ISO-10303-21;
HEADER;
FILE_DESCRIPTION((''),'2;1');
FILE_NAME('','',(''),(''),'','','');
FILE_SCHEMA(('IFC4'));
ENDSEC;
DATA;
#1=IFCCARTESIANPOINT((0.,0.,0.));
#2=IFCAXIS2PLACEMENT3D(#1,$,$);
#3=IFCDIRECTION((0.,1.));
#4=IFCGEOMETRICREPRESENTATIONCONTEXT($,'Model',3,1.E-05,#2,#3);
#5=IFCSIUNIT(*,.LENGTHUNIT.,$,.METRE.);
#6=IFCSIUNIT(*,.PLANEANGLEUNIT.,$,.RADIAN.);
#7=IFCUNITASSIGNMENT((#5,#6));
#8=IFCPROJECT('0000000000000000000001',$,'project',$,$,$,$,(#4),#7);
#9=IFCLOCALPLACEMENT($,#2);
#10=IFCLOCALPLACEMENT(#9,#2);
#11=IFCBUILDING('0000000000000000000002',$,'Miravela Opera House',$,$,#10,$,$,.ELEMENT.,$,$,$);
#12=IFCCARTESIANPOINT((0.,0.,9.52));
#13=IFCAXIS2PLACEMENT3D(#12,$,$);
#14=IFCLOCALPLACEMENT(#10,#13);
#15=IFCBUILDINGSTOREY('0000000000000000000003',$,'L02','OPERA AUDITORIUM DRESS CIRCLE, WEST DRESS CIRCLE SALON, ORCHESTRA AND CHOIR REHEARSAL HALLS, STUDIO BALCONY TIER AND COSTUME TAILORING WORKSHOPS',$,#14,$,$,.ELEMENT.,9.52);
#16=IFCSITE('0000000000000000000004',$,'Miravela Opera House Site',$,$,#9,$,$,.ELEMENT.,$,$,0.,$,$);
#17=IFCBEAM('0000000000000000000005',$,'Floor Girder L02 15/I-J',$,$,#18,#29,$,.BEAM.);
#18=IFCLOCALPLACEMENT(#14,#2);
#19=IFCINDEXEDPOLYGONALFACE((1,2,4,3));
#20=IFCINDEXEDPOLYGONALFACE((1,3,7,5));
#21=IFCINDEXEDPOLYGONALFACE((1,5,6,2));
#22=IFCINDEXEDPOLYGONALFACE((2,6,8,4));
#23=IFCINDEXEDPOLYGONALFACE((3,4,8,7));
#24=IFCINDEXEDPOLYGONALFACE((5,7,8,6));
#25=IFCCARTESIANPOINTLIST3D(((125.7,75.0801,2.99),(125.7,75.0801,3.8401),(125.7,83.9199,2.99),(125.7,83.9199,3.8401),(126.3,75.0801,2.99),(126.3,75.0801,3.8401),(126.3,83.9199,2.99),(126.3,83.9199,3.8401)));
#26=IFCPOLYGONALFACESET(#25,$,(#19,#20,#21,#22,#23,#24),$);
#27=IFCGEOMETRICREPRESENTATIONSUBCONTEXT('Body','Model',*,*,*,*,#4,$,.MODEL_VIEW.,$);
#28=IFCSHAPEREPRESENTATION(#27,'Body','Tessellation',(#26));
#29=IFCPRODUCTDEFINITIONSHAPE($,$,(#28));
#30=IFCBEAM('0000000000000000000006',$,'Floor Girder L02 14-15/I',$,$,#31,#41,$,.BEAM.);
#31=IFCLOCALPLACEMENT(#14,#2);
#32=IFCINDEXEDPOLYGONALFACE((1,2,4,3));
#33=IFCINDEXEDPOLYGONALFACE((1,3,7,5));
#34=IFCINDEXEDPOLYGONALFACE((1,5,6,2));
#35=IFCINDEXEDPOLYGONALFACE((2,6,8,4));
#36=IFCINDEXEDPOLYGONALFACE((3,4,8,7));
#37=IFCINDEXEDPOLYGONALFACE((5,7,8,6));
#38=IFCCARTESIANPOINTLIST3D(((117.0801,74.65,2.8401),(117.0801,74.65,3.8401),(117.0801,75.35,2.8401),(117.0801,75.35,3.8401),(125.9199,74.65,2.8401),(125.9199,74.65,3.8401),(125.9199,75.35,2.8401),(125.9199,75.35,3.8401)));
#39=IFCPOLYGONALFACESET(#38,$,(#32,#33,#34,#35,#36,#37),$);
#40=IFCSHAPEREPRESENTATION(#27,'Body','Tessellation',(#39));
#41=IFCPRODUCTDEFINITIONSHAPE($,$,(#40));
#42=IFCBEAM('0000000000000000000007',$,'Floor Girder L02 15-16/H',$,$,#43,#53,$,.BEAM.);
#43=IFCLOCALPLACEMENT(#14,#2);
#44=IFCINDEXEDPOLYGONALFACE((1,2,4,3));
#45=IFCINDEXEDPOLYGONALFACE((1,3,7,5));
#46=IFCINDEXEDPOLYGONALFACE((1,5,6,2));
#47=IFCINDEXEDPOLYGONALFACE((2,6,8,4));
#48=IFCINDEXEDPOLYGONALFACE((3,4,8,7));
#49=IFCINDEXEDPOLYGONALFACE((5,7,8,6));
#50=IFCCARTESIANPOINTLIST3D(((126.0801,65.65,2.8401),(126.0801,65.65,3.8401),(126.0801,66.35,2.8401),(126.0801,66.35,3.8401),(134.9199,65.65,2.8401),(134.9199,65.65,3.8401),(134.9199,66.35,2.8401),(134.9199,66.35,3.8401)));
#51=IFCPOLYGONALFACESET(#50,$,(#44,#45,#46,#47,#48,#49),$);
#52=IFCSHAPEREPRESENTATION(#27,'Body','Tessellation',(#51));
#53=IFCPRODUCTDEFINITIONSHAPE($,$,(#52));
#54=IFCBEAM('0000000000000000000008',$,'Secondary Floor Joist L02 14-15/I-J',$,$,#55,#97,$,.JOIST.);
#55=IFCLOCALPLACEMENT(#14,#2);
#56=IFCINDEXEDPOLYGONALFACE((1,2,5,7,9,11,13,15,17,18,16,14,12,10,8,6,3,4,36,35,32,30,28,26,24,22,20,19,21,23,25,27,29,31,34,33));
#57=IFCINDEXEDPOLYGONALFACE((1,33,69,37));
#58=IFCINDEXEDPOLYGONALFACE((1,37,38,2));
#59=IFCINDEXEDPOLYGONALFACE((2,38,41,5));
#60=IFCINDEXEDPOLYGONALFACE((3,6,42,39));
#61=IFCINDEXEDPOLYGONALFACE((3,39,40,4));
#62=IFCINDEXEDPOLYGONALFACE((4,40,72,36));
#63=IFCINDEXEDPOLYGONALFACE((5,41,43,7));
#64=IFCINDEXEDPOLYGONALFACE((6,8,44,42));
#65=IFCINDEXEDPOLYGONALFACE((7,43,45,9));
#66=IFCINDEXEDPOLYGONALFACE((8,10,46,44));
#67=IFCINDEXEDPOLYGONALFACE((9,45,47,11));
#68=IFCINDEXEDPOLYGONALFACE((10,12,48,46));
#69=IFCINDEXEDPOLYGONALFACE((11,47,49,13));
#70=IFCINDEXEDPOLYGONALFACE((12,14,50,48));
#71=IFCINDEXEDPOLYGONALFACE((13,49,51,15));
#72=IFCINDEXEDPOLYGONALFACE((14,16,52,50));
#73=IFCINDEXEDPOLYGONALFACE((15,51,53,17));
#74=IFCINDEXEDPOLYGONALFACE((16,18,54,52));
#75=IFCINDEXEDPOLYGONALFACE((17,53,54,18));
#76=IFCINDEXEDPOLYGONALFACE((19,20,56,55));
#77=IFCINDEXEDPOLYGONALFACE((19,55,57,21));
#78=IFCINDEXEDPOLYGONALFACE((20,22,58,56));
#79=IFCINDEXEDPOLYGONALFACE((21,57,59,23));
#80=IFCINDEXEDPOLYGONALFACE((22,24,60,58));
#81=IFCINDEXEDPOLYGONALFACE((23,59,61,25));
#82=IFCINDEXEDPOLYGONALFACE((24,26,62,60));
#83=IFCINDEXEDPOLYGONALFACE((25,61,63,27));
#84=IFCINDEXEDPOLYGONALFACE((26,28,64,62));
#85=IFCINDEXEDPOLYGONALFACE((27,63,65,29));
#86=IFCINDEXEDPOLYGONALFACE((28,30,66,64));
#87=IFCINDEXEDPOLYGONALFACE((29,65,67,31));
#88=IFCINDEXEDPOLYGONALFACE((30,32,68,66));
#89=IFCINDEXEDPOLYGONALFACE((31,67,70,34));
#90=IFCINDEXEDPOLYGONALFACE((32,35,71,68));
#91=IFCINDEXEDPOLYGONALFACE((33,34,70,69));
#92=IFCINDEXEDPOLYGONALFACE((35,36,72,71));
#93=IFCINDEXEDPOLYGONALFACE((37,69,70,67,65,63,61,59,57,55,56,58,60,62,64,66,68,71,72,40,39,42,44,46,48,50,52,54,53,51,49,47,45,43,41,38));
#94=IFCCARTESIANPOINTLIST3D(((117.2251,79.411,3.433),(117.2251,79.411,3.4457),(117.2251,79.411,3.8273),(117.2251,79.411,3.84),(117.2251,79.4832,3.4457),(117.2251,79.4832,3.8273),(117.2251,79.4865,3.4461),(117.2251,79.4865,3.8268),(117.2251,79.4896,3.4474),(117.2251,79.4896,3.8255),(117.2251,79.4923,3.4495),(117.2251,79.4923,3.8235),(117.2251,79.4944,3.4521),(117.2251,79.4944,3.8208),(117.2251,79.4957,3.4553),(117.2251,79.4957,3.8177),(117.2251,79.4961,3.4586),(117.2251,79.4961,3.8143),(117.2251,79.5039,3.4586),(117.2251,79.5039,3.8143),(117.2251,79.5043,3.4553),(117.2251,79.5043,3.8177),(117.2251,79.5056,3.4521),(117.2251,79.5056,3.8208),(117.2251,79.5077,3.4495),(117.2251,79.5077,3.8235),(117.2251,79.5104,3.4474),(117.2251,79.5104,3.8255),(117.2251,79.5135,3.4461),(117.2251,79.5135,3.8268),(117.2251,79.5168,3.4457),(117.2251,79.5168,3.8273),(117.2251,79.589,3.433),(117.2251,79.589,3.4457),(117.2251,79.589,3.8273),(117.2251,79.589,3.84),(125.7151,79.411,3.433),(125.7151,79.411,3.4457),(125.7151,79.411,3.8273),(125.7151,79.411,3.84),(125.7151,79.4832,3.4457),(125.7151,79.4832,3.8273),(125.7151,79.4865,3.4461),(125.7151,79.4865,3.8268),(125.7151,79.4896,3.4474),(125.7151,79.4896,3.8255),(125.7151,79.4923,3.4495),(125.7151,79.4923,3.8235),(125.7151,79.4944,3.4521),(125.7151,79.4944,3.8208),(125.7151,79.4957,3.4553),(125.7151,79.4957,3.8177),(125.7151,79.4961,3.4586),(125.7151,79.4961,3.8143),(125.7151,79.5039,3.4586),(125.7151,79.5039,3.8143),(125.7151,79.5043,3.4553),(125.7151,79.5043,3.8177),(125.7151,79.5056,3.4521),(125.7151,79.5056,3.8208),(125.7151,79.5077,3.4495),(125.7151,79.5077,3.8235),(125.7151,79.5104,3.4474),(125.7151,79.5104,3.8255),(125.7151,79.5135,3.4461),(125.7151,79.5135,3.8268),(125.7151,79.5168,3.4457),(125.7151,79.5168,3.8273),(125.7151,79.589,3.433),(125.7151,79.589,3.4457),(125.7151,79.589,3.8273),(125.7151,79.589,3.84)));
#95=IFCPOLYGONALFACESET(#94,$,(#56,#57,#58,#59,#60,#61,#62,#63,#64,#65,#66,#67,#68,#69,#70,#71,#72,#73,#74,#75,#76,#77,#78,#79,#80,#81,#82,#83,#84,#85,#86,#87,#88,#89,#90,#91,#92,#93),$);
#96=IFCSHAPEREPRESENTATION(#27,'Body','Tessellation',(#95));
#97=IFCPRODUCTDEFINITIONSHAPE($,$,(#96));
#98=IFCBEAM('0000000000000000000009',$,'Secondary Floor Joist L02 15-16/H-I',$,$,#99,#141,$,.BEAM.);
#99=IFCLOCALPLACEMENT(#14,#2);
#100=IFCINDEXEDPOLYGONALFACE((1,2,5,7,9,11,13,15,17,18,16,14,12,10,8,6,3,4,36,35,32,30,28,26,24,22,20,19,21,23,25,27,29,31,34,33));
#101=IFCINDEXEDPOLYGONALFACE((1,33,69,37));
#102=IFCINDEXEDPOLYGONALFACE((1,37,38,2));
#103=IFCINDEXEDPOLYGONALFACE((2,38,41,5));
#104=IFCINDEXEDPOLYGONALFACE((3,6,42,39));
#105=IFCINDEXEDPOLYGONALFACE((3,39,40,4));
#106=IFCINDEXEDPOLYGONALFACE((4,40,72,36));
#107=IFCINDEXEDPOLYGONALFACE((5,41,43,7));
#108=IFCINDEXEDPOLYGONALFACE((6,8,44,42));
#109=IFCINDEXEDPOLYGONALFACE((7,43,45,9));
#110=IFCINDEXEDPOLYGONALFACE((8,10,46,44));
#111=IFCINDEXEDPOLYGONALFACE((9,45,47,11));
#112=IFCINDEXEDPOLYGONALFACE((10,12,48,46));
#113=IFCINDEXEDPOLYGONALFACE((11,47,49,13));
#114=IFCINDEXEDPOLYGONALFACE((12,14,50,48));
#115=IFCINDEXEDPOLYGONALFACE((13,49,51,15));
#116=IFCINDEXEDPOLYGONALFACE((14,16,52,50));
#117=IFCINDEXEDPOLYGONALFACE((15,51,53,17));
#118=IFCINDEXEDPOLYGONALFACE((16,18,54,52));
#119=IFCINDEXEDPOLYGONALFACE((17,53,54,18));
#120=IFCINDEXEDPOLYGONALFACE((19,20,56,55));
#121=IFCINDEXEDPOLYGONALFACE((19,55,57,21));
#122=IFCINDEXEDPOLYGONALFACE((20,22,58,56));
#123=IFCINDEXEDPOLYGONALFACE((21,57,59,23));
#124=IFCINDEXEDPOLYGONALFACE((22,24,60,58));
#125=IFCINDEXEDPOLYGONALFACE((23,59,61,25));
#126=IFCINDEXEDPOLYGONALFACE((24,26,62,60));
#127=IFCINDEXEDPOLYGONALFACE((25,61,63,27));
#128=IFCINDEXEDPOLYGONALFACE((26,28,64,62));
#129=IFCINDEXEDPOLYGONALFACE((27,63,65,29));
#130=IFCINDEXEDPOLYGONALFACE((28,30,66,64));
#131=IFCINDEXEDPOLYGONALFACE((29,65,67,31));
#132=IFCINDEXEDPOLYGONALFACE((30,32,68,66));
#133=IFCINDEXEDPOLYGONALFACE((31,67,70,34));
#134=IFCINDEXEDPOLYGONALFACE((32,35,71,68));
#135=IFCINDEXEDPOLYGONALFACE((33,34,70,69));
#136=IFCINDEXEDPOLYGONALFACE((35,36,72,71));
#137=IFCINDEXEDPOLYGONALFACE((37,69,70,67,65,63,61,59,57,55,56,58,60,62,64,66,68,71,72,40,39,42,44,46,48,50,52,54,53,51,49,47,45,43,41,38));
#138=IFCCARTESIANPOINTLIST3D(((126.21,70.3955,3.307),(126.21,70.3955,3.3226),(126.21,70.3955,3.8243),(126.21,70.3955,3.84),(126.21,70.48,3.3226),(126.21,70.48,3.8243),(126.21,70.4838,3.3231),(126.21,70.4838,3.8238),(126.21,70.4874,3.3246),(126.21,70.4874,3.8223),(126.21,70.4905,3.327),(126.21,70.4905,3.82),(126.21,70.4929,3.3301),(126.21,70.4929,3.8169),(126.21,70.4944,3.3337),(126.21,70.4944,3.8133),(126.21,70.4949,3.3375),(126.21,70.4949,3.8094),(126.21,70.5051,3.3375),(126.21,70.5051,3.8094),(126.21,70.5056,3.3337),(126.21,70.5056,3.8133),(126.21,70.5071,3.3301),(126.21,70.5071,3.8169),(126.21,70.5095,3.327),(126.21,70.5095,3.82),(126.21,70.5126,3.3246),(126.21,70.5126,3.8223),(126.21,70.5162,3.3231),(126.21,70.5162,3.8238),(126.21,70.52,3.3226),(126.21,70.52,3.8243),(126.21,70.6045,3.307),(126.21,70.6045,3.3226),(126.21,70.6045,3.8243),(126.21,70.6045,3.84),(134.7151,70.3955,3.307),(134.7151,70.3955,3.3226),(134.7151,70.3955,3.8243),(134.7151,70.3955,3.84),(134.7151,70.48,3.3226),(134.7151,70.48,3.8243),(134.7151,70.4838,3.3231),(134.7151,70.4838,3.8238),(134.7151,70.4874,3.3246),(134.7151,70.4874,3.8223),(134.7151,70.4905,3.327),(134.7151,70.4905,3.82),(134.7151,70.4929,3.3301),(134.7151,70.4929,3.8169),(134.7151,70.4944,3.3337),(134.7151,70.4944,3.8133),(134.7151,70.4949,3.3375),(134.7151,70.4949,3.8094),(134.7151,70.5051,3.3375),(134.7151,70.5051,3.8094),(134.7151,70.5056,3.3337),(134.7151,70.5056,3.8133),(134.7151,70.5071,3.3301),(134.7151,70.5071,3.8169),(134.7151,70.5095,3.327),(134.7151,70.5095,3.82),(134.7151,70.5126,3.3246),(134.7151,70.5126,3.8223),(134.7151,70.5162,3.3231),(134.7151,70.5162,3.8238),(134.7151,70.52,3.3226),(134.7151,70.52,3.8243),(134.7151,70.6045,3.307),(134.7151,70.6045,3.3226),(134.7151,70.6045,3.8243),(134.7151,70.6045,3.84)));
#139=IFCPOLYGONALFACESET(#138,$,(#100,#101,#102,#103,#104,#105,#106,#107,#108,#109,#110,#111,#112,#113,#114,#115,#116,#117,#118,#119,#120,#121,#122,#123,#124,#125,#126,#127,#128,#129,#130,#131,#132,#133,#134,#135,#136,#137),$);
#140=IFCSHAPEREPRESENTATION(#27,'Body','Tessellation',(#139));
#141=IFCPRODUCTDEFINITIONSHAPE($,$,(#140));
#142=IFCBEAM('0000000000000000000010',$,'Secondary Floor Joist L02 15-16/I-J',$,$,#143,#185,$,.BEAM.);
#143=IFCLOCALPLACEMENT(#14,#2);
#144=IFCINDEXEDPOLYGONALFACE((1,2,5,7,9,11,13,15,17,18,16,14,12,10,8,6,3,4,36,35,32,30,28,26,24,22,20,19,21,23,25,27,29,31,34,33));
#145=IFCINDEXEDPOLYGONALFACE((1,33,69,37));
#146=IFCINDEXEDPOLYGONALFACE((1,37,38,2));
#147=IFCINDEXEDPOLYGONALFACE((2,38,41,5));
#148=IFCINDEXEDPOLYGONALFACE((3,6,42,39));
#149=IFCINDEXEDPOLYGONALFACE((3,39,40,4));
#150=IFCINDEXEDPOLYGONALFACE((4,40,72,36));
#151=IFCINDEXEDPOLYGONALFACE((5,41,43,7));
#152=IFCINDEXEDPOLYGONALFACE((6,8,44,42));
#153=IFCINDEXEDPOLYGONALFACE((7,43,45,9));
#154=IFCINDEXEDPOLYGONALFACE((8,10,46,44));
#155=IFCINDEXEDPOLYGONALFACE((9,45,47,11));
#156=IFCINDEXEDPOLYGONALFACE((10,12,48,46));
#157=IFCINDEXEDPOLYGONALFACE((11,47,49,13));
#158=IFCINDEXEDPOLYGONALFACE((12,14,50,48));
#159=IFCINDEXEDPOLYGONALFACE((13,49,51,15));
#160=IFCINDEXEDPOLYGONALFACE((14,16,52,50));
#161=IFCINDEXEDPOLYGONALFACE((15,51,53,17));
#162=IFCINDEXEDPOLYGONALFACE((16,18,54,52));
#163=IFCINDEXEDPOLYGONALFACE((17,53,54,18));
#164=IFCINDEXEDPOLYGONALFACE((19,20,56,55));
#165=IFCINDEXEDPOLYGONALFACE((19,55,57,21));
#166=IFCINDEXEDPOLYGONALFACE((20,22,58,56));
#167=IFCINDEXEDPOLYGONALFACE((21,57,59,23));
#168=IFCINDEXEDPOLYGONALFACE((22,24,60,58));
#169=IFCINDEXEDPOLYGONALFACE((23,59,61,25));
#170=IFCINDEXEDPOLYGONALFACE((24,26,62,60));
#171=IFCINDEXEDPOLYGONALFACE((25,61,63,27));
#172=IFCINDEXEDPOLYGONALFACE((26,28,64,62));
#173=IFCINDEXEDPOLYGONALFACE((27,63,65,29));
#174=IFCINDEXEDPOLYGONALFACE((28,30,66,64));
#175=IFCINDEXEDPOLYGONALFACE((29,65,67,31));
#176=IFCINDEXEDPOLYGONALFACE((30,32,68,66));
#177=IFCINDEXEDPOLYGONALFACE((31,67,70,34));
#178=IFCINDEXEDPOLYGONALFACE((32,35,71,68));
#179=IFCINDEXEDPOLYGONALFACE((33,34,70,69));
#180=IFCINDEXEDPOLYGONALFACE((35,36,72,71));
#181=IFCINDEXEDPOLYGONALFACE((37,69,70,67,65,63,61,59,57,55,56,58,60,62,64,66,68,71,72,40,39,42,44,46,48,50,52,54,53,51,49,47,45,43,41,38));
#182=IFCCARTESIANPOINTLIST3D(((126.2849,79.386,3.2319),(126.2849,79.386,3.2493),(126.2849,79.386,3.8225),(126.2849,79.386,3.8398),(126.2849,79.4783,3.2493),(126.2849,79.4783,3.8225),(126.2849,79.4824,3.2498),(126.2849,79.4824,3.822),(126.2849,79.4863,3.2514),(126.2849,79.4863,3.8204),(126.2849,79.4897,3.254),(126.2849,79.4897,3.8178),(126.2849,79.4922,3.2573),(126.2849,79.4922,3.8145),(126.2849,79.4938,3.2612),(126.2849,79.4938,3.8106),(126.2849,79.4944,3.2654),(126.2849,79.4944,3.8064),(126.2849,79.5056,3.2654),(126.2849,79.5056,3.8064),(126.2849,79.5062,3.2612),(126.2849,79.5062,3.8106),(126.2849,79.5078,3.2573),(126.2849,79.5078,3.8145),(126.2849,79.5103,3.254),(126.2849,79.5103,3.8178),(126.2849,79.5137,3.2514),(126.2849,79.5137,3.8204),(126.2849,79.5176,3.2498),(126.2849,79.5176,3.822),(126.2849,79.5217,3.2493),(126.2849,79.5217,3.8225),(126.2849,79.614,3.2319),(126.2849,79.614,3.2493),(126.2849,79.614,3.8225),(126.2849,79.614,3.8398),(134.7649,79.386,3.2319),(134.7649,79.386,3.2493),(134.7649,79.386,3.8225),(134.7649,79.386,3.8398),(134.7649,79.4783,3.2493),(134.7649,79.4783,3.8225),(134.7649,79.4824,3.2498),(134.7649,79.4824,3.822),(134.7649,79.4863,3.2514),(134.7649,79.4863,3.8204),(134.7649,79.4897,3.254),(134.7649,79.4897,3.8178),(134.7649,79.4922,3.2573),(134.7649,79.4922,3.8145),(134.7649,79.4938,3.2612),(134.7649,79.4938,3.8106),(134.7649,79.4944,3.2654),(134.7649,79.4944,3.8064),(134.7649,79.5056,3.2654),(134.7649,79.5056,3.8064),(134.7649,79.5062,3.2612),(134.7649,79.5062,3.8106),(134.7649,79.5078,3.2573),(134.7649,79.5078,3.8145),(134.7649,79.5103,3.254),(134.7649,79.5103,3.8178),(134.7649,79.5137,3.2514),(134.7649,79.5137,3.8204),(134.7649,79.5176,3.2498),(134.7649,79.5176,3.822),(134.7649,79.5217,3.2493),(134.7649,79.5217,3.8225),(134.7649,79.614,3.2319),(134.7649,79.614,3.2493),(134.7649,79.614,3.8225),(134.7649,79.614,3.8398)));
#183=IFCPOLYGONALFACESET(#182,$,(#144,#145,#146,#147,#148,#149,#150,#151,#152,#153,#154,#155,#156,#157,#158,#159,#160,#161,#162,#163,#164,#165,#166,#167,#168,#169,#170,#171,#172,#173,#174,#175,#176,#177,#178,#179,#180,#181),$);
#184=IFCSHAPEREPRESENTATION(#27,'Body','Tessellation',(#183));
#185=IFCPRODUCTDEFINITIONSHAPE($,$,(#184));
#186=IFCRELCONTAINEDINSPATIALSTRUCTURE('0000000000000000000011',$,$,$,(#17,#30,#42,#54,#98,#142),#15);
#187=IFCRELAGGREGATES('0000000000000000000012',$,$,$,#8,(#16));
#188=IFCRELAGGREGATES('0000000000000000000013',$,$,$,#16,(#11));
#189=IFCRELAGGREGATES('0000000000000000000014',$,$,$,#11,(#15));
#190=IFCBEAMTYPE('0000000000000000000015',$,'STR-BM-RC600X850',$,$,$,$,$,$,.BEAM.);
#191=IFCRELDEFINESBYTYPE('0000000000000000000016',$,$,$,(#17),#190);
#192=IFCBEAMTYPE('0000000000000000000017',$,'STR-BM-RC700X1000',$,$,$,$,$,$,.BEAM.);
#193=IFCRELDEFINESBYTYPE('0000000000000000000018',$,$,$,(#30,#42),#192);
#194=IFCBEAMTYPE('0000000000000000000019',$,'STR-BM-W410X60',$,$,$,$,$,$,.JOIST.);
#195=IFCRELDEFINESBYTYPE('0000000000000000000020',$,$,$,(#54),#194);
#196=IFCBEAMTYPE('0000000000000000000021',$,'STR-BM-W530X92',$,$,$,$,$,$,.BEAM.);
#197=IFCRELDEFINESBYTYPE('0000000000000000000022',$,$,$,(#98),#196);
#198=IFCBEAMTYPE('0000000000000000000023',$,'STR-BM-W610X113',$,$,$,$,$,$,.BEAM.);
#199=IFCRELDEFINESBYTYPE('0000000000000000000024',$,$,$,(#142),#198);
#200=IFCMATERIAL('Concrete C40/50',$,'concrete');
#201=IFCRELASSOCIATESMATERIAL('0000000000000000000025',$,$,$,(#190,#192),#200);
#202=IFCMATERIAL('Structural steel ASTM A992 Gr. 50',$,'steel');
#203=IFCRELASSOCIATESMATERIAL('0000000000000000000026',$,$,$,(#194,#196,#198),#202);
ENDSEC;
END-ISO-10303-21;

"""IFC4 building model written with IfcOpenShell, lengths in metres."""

from ifc_helpers import new_model, si_unit, direction, frame, origin, origin_2d, place, context, subcontext, project, spatial, rectangle, i_section, extrude, material, material_profile, profile_set, type_object, element, save


model = new_model("IFC4")

# Units and contexts
model_context = context("Model", 3, precision=1e-05, world=origin(), true_north=direction((0.0, 1.0)))
body_context = subcontext(model_context, "Body", "Model", "MODEL_VIEW")
ifc_project = project(units=[si_unit("LENGTHUNIT", "METRE"), si_unit("PLANEANGLEUNIT", "RADIAN")], contexts=[model_context])

# Site, building, storey
site_placement = place(None, origin())
site = spatial("IfcSite", under=ifc_project, at=site_placement, Name="Miravela Opera House Site", CompositionType="ELEMENT", RefElevation=0.0)
building_placement = place(site_placement, origin())
building = spatial("IfcBuilding", under=site, at=building_placement, Name="Miravela Opera House", CompositionType="ELEMENT")
storey_placement = place(building_placement, frame((0.0, 0.0, 9.52)))
storey = spatial("IfcBuildingStorey", under=building, at=storey_placement, Name="L02", Description="OPERA AUDITORIUM DRESS CIRCLE, WEST DRESS CIRCLE SALON, ORCHESTRA AND CHOIR REHEARSAL HALLS, STUDIO BALCONY TIER AND COSTUME TAILORING WORKSHOPS", CompositionType="ELEMENT", Elevation=9.52)

# Beams
ifc_material_1 = material(Name="Concrete C40/50", Category="concrete")
ifc_material_profile_1 = material_profile(ifc_material_1, rectangle(XDim=0.6001, YDim=0.8501, at=origin_2d()), Name="RC-BM-600X850")
ifc_profile_set_1 = profile_set([ifc_material_profile_1])
beam_type_1 = type_object("IfcBeamType", Name="STR-BM-RC600X850", PredefinedType="BEAM", material=ifc_profile_set_1)
for number, where, z_axis, x_axis, name in (
    (1, (126.0, 75.0801, 3.415), (0.0, 1.0, 0.0), (-1.0, 0.0, 0.0), "Floor Girder L02 15/I-J"),
):
    element("IfcBeam", number, at=place(storey_placement, frame(where, z_axis=z_axis, x_axis=x_axis)), inside=storey, type_object=beam_type_1, Name=name, PredefinedType="BEAM", context=body_context, shape_type="SweptSolid", body=[
        extrude(rectangle(XDim=0.6001, YDim=0.8501, at=origin_2d()), origin(), (0.0, 0.0, 1.0), 8.8398),
    ])
ifc_material_profile_2 = material_profile(ifc_material_1, rectangle(XDim=0.7, YDim=1.0, at=origin_2d()), Name="RC-BM-700X1000")
ifc_profile_set_2 = profile_set([ifc_material_profile_2])
beam_type_2 = type_object("IfcBeamType", Name="STR-BM-RC700X1000", PredefinedType="BEAM", material=ifc_profile_set_2)
for number, where, z_axis, x_axis, name in (
    (2, (117.0801, 75.0, 3.3401), (1.0, 0.0, 0.0), (0.0, 1.0, 0.0), "Floor Girder L02 14-15/I"),
    (3, (126.0801, 66.0, 3.3401), (1.0, 0.0, 0.0), (0.0, 1.0, 0.0), "Floor Girder L02 15-16/H"),
):
    element("IfcBeam", number, at=place(storey_placement, frame(where, z_axis=z_axis, x_axis=x_axis)), inside=storey, type_object=beam_type_2, Name=name, PredefinedType="BEAM", context=body_context, shape_type="SweptSolid", body=[
        extrude(rectangle(XDim=0.7, YDim=1.0, at=origin_2d()), origin(), (0.0, 0.0, 1.0), 8.8398),
    ])
ifc_material_2 = material(Name="Structural steel ASTM A992 Gr. 50", Category="steel")
ifc_material_profile_3 = material_profile(ifc_material_2, i_section(OverallWidth=0.178, OverallDepth=0.407, WebThickness=0.0078, FlangeThickness=0.0127, FilletRadius=0.0129, at=origin_2d()), Name="W410X60")
ifc_profile_set_3 = profile_set([ifc_material_profile_3])
beam_type_3 = type_object("IfcBeamType", Name="STR-BM-W410X60", PredefinedType="JOIST", material=ifc_profile_set_3)
beam_1_placement = place(storey_placement, frame((117.2251, 79.5, 3.6365), z_axis=(1.0, 0.0, 0.0), x_axis=(0.0, 1.0, 0.0)))
element("IfcBeam", 4, at=beam_1_placement, inside=storey, type_object=beam_type_3, Name="Secondary Floor Joist L02 14-15/I-J", PredefinedType="JOIST", context=body_context, shape_type="SweptSolid", body=[
    extrude(i_section(OverallWidth=0.178, OverallDepth=0.407, WebThickness=0.0078, FlangeThickness=0.0127, FilletRadius=0.0129, at=origin_2d()), origin(), (0.0, 0.0, 1.0), 8.49),
])
ifc_material_profile_4 = material_profile(ifc_material_2, i_section(OverallWidth=0.209, OverallDepth=0.533, WebThickness=0.0103, FlangeThickness=0.0156, FilletRadius=0.0149, at=origin_2d()), Name="W530X92")
ifc_profile_set_4 = profile_set([ifc_material_profile_4])
beam_type_4 = type_object("IfcBeamType", Name="STR-BM-W530X92", PredefinedType="BEAM", material=ifc_profile_set_4)
beam_2_placement = place(storey_placement, frame((126.21, 70.5, 3.5735), z_axis=(1.0, 0.0, 0.0), x_axis=(0.0, 1.0, 0.0)))
element("IfcBeam", 5, at=beam_2_placement, inside=storey, type_object=beam_type_4, Name="Secondary Floor Joist L02 15-16/H-I", PredefinedType="BEAM", context=body_context, shape_type="SweptSolid", body=[
    extrude(i_section(OverallWidth=0.209, OverallDepth=0.533, WebThickness=0.0103, FlangeThickness=0.0156, FilletRadius=0.0149, at=origin_2d()), origin(), (0.0, 0.0, 1.0), 8.5051),
])
ifc_material_profile_5 = material_profile(ifc_material_2, i_section(OverallWidth=0.228, OverallDepth=0.6079, WebThickness=0.0112, FlangeThickness=0.0173, FilletRadius=0.0161, at=origin_2d()), Name="W610X113")
ifc_profile_set_5 = profile_set([ifc_material_profile_5])
beam_type_5 = type_object("IfcBeamType", Name="STR-BM-W610X113", PredefinedType="BEAM", material=ifc_profile_set_5)
beam_3_placement = place(storey_placement, frame((126.2849, 79.5, 3.5359), z_axis=(1.0, 0.0, 0.0), x_axis=(0.0, 1.0, 0.0)))
element("IfcBeam", 6, at=beam_3_placement, inside=storey, type_object=beam_type_5, Name="Secondary Floor Joist L02 15-16/I-J", PredefinedType="BEAM", context=body_context, shape_type="SweptSolid", body=[
    extrude(i_section(OverallWidth=0.228, OverallDepth=0.6079, WebThickness=0.0112, FlangeThickness=0.0173, FilletRadius=0.0161, at=origin_2d()), origin(), (0.0, 0.0, 1.0), 8.48),
])

save(model, "model.ifc")
